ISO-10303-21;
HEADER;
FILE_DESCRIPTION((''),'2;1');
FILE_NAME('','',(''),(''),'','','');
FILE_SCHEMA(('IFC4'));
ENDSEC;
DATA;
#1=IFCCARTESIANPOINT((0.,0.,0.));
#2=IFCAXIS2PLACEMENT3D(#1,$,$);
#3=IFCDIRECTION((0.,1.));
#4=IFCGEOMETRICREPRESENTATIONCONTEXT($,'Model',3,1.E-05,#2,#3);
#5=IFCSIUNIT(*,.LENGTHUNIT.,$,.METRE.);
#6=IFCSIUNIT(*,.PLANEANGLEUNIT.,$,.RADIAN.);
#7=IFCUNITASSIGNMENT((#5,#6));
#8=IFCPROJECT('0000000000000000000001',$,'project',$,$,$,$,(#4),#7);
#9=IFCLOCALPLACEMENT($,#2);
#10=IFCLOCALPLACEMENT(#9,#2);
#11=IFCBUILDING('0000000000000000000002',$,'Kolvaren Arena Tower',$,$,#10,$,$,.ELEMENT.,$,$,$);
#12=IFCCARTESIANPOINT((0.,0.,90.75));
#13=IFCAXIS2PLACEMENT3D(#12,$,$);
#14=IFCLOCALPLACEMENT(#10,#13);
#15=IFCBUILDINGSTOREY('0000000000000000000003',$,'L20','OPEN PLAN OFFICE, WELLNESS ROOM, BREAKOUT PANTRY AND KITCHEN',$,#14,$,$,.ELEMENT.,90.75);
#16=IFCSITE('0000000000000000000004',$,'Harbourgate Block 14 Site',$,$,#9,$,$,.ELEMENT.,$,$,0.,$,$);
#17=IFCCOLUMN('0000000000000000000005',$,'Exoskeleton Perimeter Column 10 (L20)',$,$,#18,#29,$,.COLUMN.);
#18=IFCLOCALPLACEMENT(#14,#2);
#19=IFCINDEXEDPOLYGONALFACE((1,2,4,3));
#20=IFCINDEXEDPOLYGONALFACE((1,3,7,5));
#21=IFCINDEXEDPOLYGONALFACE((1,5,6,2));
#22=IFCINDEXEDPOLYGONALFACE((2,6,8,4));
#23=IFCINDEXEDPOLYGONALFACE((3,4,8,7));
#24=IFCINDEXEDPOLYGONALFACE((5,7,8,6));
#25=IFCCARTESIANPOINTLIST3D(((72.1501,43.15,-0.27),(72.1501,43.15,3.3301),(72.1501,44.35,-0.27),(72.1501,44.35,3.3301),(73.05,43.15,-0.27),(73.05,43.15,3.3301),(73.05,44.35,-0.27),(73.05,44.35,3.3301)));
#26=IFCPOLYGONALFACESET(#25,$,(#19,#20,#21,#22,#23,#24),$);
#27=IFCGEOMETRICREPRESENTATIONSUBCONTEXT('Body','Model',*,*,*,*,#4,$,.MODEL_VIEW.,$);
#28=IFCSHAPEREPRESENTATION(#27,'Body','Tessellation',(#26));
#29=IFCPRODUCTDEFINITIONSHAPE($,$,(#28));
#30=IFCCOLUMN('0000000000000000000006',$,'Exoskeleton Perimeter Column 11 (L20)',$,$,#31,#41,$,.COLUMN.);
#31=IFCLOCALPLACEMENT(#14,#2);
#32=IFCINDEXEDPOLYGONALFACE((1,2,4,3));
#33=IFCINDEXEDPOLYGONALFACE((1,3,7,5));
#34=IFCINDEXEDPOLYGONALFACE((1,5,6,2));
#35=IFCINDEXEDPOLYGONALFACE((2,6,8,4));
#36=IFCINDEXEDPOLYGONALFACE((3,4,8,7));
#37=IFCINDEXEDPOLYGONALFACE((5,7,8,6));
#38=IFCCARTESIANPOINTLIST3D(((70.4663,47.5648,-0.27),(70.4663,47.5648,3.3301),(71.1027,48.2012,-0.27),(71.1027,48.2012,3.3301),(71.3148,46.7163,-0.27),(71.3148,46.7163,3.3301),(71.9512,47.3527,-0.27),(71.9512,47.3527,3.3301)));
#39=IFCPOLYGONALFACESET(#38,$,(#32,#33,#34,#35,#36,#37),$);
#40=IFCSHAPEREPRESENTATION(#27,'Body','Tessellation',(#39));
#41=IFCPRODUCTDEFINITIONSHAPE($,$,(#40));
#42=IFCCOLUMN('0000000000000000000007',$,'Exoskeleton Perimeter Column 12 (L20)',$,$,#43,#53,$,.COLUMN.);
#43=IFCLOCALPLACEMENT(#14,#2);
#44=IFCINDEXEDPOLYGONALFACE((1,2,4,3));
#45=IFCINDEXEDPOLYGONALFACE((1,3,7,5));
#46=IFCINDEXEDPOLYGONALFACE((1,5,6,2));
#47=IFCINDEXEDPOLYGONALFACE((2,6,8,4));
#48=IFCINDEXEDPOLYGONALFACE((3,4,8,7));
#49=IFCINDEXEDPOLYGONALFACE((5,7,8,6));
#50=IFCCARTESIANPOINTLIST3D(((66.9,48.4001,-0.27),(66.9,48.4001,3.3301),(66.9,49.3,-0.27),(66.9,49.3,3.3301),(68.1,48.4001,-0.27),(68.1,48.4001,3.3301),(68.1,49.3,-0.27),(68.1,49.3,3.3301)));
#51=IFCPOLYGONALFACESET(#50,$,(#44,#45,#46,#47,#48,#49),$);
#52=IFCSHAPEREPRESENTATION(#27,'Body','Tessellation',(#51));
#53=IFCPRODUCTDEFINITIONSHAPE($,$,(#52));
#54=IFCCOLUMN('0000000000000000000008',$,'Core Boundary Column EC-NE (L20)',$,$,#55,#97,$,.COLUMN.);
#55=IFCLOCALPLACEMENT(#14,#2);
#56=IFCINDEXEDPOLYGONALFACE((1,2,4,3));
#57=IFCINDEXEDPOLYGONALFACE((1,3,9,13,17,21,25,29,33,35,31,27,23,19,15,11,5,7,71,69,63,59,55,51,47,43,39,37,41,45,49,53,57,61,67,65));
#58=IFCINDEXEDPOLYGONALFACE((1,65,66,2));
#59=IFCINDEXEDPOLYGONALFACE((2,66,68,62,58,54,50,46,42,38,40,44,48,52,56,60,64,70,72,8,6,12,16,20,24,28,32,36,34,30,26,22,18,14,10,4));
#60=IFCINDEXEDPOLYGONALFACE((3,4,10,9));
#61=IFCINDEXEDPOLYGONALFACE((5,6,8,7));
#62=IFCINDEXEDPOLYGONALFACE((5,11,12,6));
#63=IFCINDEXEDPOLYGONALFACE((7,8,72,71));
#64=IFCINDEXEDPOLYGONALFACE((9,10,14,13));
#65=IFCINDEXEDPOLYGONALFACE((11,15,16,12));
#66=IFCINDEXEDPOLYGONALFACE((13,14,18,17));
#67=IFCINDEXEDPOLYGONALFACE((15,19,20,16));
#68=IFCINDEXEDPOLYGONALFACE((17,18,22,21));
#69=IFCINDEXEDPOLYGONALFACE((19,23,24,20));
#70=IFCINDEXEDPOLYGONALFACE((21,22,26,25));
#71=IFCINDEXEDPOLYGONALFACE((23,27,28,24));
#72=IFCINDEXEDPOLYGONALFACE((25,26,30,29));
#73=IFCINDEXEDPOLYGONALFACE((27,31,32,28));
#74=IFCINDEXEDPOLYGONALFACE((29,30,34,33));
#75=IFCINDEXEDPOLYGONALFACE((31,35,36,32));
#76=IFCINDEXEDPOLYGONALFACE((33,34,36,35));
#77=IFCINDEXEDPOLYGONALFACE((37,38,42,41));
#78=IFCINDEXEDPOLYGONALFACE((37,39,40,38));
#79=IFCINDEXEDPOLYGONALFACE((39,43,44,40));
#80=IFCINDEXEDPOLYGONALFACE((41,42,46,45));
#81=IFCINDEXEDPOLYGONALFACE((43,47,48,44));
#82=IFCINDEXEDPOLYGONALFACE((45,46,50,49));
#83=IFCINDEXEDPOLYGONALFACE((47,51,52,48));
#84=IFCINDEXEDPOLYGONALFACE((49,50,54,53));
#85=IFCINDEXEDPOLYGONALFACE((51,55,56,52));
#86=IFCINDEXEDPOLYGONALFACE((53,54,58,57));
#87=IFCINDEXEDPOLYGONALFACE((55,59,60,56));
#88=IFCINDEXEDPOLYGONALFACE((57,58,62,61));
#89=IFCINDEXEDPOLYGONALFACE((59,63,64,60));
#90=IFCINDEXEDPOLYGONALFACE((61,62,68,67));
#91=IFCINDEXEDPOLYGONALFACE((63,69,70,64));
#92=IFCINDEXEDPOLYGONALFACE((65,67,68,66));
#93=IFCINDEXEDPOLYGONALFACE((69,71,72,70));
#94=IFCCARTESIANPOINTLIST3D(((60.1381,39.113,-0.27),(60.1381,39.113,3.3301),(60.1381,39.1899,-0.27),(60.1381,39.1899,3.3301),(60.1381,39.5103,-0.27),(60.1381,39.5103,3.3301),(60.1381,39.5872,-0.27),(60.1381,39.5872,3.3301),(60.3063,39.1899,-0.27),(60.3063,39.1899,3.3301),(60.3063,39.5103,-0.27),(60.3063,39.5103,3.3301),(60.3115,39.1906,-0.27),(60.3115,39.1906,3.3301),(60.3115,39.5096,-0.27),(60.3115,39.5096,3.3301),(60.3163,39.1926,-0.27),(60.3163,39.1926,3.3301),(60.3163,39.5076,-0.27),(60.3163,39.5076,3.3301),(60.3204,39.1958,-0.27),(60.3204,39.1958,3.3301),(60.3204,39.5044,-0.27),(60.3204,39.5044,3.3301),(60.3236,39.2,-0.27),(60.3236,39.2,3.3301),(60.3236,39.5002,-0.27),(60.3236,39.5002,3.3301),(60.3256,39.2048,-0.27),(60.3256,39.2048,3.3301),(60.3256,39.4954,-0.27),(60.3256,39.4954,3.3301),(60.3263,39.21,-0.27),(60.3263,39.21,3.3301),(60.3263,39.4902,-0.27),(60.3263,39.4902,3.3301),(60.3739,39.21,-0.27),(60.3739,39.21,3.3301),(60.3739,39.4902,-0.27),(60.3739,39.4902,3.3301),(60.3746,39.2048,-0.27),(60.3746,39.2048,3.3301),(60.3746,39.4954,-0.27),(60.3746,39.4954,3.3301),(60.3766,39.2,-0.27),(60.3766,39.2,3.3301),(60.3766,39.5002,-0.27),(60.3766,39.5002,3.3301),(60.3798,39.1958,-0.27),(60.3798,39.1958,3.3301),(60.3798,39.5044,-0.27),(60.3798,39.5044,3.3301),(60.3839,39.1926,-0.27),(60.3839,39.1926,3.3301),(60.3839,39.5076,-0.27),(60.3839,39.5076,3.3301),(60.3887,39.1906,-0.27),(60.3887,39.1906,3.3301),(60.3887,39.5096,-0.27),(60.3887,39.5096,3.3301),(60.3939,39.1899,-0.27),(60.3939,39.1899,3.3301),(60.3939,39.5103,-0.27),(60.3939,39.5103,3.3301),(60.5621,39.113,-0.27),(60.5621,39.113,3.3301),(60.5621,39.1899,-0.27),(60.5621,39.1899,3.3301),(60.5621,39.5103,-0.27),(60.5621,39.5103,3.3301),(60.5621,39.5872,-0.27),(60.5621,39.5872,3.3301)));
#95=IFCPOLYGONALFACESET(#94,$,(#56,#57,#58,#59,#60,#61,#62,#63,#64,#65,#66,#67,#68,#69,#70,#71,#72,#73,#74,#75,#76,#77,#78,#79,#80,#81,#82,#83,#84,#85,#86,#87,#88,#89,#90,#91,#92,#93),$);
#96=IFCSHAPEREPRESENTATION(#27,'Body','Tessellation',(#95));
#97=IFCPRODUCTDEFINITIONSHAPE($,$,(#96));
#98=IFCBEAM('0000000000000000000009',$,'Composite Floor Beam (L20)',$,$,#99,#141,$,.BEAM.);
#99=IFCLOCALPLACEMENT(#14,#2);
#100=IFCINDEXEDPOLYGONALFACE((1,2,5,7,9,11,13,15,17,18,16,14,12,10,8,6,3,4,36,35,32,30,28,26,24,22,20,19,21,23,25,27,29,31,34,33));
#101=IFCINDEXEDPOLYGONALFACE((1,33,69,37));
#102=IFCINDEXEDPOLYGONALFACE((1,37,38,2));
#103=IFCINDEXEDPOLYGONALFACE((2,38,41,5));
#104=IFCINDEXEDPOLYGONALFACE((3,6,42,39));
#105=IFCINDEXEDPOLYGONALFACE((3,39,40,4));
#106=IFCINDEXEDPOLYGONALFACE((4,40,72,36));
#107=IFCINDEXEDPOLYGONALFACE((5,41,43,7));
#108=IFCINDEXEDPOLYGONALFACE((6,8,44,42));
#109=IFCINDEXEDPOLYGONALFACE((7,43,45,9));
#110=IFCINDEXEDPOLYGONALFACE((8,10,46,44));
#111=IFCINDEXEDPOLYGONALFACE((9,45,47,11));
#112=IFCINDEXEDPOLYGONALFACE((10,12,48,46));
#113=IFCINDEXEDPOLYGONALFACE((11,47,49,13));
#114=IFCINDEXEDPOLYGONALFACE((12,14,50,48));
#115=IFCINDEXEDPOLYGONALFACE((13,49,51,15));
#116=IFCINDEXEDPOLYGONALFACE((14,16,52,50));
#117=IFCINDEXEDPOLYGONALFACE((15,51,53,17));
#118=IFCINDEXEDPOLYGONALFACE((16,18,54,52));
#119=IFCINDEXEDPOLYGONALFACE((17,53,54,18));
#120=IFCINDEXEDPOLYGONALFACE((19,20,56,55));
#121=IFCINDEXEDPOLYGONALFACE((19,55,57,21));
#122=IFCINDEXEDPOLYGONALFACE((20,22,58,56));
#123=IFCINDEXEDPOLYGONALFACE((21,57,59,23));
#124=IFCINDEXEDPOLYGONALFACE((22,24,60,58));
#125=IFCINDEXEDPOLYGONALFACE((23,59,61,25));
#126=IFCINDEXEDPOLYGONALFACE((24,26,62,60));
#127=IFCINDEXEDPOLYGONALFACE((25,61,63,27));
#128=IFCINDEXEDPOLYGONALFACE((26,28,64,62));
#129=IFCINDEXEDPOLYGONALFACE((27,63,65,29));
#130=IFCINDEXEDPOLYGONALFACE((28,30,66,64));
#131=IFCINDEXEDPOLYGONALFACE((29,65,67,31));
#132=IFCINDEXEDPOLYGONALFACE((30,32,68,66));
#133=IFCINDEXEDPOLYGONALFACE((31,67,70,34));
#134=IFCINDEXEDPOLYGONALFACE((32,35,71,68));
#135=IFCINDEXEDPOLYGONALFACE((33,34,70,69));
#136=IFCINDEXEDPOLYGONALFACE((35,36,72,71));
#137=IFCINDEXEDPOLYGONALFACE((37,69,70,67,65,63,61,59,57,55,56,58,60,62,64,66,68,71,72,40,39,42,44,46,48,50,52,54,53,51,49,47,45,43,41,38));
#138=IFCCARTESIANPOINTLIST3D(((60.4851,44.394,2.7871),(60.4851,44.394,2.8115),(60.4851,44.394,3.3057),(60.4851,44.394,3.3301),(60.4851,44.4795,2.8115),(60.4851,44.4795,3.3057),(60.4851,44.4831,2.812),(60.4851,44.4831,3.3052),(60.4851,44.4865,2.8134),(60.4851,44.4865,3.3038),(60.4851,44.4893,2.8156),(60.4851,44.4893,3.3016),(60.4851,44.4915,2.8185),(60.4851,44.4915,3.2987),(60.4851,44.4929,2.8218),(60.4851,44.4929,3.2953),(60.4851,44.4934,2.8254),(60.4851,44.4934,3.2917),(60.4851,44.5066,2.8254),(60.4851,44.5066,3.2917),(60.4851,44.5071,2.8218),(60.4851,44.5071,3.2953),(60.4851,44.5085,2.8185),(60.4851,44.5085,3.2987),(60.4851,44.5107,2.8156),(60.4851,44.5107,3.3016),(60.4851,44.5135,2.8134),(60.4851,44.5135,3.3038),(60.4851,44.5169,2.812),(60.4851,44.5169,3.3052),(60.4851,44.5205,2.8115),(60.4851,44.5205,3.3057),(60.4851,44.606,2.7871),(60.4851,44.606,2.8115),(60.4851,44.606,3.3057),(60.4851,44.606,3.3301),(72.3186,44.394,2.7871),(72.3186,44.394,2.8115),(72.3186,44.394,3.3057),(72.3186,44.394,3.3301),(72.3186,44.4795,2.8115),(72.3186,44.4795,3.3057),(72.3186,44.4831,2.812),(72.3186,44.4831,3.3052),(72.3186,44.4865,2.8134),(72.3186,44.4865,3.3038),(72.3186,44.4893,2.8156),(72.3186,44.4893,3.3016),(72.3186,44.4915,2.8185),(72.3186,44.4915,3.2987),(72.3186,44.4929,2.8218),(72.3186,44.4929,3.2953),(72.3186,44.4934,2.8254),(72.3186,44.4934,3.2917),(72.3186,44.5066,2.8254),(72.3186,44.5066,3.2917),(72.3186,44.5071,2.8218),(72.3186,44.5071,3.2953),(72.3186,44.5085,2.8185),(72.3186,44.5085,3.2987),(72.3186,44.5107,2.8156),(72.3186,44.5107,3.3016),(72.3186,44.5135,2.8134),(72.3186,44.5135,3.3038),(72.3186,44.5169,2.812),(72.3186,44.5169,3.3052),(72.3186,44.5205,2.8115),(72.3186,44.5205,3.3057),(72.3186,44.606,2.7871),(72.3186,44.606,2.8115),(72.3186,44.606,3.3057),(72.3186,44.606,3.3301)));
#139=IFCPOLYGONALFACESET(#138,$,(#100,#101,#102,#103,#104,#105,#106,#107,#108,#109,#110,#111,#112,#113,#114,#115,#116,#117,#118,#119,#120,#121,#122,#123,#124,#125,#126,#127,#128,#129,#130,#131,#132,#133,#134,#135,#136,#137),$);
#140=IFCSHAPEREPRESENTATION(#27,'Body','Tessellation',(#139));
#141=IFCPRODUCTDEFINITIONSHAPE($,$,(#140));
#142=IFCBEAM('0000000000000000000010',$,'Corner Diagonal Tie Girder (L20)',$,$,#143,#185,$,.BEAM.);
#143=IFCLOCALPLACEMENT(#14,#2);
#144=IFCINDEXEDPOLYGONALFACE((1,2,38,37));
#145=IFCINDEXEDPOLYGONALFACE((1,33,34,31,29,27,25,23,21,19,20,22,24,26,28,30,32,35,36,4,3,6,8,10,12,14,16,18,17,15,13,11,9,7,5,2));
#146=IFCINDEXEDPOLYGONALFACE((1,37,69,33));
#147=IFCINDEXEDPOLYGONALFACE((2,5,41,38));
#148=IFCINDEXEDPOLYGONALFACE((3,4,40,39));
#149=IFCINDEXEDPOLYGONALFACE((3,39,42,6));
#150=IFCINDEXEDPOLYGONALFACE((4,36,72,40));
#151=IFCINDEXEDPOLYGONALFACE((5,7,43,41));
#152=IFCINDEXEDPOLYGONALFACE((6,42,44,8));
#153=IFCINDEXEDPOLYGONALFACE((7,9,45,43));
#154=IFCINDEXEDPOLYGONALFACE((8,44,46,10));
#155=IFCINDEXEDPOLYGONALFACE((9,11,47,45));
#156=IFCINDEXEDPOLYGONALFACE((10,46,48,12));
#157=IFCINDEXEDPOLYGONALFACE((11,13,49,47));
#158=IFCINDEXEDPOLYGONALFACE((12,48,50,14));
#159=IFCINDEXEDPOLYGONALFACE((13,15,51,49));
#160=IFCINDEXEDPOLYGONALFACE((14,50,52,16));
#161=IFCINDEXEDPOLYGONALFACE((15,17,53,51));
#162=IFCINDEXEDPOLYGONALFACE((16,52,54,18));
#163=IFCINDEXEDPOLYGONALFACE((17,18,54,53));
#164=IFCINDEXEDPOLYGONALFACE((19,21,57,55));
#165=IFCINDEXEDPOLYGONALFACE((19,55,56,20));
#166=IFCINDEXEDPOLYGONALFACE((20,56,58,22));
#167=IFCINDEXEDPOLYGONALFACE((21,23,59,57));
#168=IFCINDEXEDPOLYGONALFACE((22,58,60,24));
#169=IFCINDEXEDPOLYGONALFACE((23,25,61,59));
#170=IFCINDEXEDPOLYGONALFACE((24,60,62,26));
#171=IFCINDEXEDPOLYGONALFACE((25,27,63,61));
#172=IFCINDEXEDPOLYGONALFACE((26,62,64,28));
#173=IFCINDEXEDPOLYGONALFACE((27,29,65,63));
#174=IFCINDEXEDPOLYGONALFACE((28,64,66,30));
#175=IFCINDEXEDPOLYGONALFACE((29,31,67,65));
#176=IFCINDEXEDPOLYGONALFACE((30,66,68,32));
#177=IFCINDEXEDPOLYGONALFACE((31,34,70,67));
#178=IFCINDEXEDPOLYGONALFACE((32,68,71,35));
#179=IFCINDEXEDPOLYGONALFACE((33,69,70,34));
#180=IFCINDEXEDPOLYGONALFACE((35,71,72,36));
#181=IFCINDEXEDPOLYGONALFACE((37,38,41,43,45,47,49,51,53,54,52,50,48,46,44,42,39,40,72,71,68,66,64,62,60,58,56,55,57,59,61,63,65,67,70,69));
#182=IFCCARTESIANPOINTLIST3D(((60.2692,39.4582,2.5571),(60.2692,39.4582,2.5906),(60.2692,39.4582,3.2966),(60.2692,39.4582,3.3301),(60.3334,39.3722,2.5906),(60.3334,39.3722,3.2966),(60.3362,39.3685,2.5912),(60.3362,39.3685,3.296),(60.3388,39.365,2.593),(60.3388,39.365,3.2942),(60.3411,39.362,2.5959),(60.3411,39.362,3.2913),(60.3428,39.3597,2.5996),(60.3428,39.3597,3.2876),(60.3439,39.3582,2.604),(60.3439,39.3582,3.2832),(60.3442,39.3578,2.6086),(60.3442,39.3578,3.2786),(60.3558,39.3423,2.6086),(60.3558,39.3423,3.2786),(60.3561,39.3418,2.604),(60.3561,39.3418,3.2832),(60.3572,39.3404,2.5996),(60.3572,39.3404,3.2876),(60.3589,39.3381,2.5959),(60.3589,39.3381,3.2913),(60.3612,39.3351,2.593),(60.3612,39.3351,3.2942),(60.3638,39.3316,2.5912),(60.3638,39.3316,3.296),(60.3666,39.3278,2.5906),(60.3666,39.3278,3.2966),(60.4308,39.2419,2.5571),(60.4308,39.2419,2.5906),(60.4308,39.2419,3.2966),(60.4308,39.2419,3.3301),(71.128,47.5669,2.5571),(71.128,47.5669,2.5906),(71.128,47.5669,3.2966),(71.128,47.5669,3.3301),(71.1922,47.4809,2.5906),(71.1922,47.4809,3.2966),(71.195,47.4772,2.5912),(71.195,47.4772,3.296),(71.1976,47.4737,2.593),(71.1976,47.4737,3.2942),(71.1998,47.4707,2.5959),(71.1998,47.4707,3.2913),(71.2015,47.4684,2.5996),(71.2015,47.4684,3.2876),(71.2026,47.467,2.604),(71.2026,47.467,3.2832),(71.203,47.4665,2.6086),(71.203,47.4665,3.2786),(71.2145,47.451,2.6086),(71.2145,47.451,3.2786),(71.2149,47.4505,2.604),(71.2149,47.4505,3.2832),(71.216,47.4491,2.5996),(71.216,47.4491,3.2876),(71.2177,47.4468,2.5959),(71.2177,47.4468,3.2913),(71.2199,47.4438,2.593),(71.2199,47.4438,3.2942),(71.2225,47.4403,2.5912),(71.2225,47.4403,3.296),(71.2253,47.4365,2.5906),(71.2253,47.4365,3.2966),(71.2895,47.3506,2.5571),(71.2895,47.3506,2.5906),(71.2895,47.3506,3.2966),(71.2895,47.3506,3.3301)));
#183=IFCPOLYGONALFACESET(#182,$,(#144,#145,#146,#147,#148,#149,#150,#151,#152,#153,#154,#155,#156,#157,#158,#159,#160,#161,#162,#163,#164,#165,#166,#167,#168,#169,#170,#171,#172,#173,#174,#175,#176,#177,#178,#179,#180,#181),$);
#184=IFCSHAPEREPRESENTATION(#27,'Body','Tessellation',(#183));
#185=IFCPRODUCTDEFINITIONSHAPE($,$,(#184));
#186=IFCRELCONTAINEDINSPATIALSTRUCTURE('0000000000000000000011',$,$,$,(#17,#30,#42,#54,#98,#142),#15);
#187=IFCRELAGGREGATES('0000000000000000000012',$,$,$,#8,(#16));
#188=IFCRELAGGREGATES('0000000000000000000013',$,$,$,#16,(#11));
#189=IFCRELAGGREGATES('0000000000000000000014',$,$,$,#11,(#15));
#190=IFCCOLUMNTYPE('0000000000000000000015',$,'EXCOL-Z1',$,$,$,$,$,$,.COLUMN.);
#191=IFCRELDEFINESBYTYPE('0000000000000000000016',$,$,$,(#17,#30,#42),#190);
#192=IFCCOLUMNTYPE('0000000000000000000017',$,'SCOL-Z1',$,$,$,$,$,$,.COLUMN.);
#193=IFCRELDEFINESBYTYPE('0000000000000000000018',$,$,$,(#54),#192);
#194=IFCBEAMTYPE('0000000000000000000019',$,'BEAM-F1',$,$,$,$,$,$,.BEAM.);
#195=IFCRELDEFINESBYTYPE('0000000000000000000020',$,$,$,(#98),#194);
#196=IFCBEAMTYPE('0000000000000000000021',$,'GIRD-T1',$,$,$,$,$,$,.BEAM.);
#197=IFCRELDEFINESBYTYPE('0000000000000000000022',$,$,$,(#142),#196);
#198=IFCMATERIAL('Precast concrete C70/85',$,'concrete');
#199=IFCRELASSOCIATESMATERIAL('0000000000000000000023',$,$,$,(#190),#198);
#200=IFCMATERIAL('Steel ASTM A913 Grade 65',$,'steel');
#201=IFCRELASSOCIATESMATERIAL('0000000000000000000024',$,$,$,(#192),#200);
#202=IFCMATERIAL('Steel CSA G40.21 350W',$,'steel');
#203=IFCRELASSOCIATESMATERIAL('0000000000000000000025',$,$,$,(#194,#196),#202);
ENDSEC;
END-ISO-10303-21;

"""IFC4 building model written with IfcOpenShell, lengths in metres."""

from ifc_helpers import new_model, si_unit, direction, frame, origin, origin_2d, place, context, subcontext, project, spatial, rectangle, i_section, extrude, material, material_profile, profile_set, type_object, element, save


model = new_model("IFC4")

# Units and contexts
model_context = context("Model", 3, precision=1e-05, world=origin(), true_north=direction((0.0, 1.0)))
body_context = subcontext(model_context, "Body", "Model", "MODEL_VIEW")
ifc_project = project(units=[si_unit("LENGTHUNIT", "METRE"), si_unit("PLANEANGLEUNIT", "RADIAN")], contexts=[model_context])

# Site, building, storey
site_placement = place(None, origin())
site = spatial("IfcSite", under=ifc_project, at=site_placement, Name="Harbourgate Block 14 Site", CompositionType="ELEMENT", RefElevation=0.0)
building_placement = place(site_placement, origin())
building = spatial("IfcBuilding", under=site, at=building_placement, Name="Kolvaren Arena Tower", CompositionType="ELEMENT")
storey_placement = place(building_placement, frame((0.0, 0.0, 90.75)))
storey = spatial("IfcBuildingStorey", under=building, at=storey_placement, Name="L20", Description="OPEN PLAN OFFICE, WELLNESS ROOM, BREAKOUT PANTRY AND KITCHEN", CompositionType="ELEMENT", Elevation=90.75)

# Columns
ifc_material_1 = material(Name="Precast concrete C70/85", Category="concrete")
ifc_material_profile_1 = material_profile(ifc_material_1, rectangle(XDim=1.2, YDim=0.8999, at=origin_2d()), Name="RC-1200x900")
ifc_profile_set_1 = profile_set([ifc_material_profile_1], Name="Precast concrete C70/85")
column_type_1 = type_object("IfcColumnType", Name="EXCOL-Z1", PredefinedType="COLUMN", material=ifc_profile_set_1)
for number, where, z_axis, x_axis, name in (
    (1, (72.6001, 43.75, -0.27), (0.0, 0.0, 1.0), (0.0, 1.0, 0.0), "Exoskeleton Perimeter Column 10 (L20)"),
    (2, (71.2087, 47.4587, -0.27), (0.0, 0.0, 1.0), (-0.707107, 0.707107, 0.0), "Exoskeleton Perimeter Column 11 (L20)"),
    (3, (67.5, 48.8501, -0.27), (0.0, 0.0, 1.0), (1.0, 0.0, 0.0), "Exoskeleton Perimeter Column 12 (L20)"),
):
    element("IfcColumn", number, at=place(storey_placement, frame(where, z_axis=z_axis, x_axis=x_axis)), inside=storey, type_object=column_type_1, Name=name, PredefinedType="COLUMN", context=body_context, shape_type="SweptSolid", body=[
        extrude(rectangle(XDim=1.2, YDim=0.8999, at=origin_2d()), origin(), (0.0, 0.0, 1.0), 3.6001),
    ])
ifc_material_2 = material(Name="Steel ASTM A913 Grade 65", Category="steel")
ifc_material_profile_2 = material_profile(ifc_material_2, i_section(OverallWidth=0.4241, OverallDepth=0.4741, WebThickness=0.0476, FlangeThickness=0.0769, FilletRadius=0.02, at=origin_2d()), Name="W360x634")
ifc_profile_set_2 = profile_set([ifc_material_profile_2], Name="Steel ASTM A913 Grade 65")
column_type_2 = type_object("IfcColumnType", Name="SCOL-Z1", PredefinedType="COLUMN", material=ifc_profile_set_2)
column_placement = place(storey_placement, frame((60.3501, 39.3501, -0.27), z_axis=(0.0, 0.0, 1.0), x_axis=(1.0, 0.0, 0.0)))
element("IfcColumn", 4, at=column_placement, inside=storey, type_object=column_type_2, Name="Core Boundary Column EC-NE (L20)", PredefinedType="COLUMN", context=body_context, shape_type="SweptSolid", body=[
    extrude(i_section(OverallWidth=0.4241, OverallDepth=0.4741, WebThickness=0.0476, FlangeThickness=0.0769, FilletRadius=0.02, at=origin_2d()), origin(), (0.0, 0.0, 1.0), 3.6001),
])

# Beams
ifc_material_3 = material(Name="Steel CSA G40.21 350W", Category="steel")
ifc_material_profile_3 = material_profile(ifc_material_3, i_section(OverallWidth=0.2119, OverallDepth=0.543, WebThickness=0.0132, FlangeThickness=0.0244, FilletRadius=0.0139, at=origin_2d()), Name="W530x150")
ifc_profile_set_3 = profile_set([ifc_material_profile_3], Name="Steel CSA G40.21 350W")
beam_type_1 = type_object("IfcBeamType", Name="BEAM-F1", PredefinedType="BEAM", material=ifc_profile_set_3)
beam_1_placement = place(storey_placement, frame((60.4851, 44.5, 3.0586), z_axis=(1.0, 0.0, 0.0), x_axis=(0.0, 1.0, 0.0)))
element("IfcBeam", 5, at=beam_1_placement, inside=storey, type_object=beam_type_1, Name="Composite Floor Beam (L20)", PredefinedType="BEAM", context=body_context, shape_type="SweptSolid", body=[
    extrude(i_section(OverallWidth=0.2119, OverallDepth=0.543, WebThickness=0.0132, FlangeThickness=0.0244, FilletRadius=0.0139, at=origin_2d()), origin(), (0.0, 0.0, 1.0), 11.8335),
])
ifc_material_profile_4 = material_profile(ifc_material_3, i_section(OverallWidth=0.27, OverallDepth=0.7729, WebThickness=0.0193, FlangeThickness=0.0334, FilletRadius=0.0181, at=origin_2d()), Name="W760x257")
ifc_profile_set_4 = profile_set([ifc_material_profile_4], Name="Steel CSA G40.21 350W")
beam_type_2 = type_object("IfcBeamType", Name="GIRD-T1", PredefinedType="BEAM", material=ifc_profile_set_4)
beam_2_placement = place(storey_placement, frame((71.2087, 47.4587, 2.9436), z_axis=(-0.80125, -0.59833, 0.0), x_axis=(0.59833, -0.80125, 0.0)))
element("IfcBeam", 6, at=beam_2_placement, inside=storey, type_object=beam_type_2, Name="Corner Diagonal Tie Girder (L20)", PredefinedType="BEAM", context=body_context, shape_type="SweptSolid", body=[
    extrude(i_section(OverallWidth=0.27, OverallDepth=0.7729, WebThickness=0.0193, FlangeThickness=0.0334, FilletRadius=0.0181, at=origin_2d()), origin(), (0.0, 0.0, 1.0), 13.5522),
])

save(model, "model.ifc")
